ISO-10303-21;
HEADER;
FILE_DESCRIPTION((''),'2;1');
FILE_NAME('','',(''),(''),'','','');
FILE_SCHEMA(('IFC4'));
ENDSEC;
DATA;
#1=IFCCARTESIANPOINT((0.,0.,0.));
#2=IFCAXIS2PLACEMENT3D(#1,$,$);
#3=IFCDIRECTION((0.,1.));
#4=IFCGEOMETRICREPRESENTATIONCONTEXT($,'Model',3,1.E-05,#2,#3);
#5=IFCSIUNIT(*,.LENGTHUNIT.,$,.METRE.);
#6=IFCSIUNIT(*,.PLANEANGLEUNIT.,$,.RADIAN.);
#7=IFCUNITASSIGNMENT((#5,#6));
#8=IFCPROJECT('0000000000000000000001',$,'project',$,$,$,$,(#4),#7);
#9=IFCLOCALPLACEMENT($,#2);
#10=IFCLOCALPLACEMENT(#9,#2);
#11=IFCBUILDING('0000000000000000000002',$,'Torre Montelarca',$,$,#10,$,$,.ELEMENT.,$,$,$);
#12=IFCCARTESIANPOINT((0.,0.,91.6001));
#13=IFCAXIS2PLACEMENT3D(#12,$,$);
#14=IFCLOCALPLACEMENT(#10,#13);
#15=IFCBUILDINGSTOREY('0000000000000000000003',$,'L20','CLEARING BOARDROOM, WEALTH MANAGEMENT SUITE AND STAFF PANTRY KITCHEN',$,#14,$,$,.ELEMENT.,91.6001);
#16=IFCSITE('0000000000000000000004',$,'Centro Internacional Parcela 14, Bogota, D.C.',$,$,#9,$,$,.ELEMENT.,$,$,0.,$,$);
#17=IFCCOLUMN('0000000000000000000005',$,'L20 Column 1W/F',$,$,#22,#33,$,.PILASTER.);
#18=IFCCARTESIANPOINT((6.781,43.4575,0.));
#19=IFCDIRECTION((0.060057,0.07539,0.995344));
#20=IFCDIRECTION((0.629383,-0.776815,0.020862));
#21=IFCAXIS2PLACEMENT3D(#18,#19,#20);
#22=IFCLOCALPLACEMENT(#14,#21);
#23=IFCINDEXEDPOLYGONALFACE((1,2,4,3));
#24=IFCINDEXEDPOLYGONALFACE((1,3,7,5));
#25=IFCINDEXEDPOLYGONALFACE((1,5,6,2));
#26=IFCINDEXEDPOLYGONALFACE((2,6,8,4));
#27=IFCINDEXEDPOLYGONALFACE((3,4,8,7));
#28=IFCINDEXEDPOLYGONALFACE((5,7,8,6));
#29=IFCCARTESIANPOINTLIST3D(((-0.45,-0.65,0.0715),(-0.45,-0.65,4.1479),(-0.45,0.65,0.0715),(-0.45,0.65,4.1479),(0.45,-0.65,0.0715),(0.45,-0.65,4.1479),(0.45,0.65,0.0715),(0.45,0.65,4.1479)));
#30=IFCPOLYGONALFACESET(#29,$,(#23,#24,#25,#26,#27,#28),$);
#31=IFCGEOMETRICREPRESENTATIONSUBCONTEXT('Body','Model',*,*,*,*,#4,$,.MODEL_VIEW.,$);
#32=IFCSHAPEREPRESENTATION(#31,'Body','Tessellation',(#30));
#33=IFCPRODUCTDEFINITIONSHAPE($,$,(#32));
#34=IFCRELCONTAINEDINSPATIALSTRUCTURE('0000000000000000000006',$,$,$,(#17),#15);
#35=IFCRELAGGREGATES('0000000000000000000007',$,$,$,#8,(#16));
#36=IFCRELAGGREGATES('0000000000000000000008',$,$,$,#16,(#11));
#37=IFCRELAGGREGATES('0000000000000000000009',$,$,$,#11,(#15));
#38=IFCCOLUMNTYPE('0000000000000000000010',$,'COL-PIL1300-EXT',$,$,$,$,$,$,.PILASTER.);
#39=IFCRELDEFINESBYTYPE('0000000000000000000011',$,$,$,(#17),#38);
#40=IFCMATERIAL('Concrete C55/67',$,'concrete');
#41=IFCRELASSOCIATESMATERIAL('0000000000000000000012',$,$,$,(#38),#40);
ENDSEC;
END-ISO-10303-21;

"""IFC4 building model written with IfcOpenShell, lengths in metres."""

from ifc_helpers import new_model, si_unit, direction, frame, origin, origin_2d, place, context, subcontext, project, spatial, rectangle, extrude, clip, halfspace, material, material_profile, profile_set, type_object, element, save


model = new_model("IFC4")

# Units and contexts
model_context = context("Model", 3, precision=1e-05, world=origin(), true_north=direction((0.0, 1.0)))
body_context = subcontext(model_context, "Body", "Model", "MODEL_VIEW")
ifc_project = project(units=[si_unit("LENGTHUNIT", "METRE"), si_unit("PLANEANGLEUNIT", "RADIAN")], contexts=[model_context])

# Site, building, storey
site_placement = place(None, origin())
site = spatial("IfcSite", under=ifc_project, at=site_placement, Name="Centro Internacional Parcela 14, Bogota, D.C.", CompositionType="ELEMENT", RefElevation=0.0)
building_placement = place(site_placement, origin())
building = spatial("IfcBuilding", under=site, at=building_placement, Name="Torre Montelarca", CompositionType="ELEMENT")
storey_placement = place(building_placement, frame((0.0, 0.0, 91.6001)))
storey = spatial("IfcBuildingStorey", under=building, at=storey_placement, Name="L20", Description="CLEARING BOARDROOM, WEALTH MANAGEMENT SUITE AND STAFF PANTRY KITCHEN", CompositionType="ELEMENT", Elevation=91.6001)

# Column
ifc_material_1 = material(Name="Concrete C55/67", Category="concrete")
ifc_material_profile_1 = material_profile(ifc_material_1, rectangle(XDim=0.8999, YDim=1.3, at=origin_2d()), Name="RC1300X900", Category="concrete")
ifc_profile_set_1 = profile_set([ifc_material_profile_1], Name="Concrete C55/67")
column_type = type_object("IfcColumnType", Name="COL-PIL1300-EXT", PredefinedType="PILASTER", material=ifc_profile_set_1)
column_placement = place(storey_placement, frame((6.781, 43.4575, 0.0), z_axis=(0.060057, 0.07539, 0.995344), x_axis=(0.629383, -0.776815, 0.020862)))
element("IfcColumn", 1, at=column_placement, inside=storey, type_object=column_type, Name="L20 Column 1W/F", PredefinedType="PILASTER", context=body_context, shape_type="Clipping", body=[
    clip(clip(extrude(rectangle(XDim=0.8999, YDim=1.3, at=origin_2d()), origin(), (0.0, 0.0, 1.0), 4.2195), halfspace(frame((0.0, 0.0, 0.0715), z_axis=(0.0, 0.0, -1.0), x_axis=(1.0, 0.0, 0.0)), False)), halfspace(frame((0.0, 0.0, 4.1479), z_axis=(0.0, 0.0, 1.0), x_axis=(1.0, 0.0, 0.0)), False)),
])

save(model, "model.ifc")
